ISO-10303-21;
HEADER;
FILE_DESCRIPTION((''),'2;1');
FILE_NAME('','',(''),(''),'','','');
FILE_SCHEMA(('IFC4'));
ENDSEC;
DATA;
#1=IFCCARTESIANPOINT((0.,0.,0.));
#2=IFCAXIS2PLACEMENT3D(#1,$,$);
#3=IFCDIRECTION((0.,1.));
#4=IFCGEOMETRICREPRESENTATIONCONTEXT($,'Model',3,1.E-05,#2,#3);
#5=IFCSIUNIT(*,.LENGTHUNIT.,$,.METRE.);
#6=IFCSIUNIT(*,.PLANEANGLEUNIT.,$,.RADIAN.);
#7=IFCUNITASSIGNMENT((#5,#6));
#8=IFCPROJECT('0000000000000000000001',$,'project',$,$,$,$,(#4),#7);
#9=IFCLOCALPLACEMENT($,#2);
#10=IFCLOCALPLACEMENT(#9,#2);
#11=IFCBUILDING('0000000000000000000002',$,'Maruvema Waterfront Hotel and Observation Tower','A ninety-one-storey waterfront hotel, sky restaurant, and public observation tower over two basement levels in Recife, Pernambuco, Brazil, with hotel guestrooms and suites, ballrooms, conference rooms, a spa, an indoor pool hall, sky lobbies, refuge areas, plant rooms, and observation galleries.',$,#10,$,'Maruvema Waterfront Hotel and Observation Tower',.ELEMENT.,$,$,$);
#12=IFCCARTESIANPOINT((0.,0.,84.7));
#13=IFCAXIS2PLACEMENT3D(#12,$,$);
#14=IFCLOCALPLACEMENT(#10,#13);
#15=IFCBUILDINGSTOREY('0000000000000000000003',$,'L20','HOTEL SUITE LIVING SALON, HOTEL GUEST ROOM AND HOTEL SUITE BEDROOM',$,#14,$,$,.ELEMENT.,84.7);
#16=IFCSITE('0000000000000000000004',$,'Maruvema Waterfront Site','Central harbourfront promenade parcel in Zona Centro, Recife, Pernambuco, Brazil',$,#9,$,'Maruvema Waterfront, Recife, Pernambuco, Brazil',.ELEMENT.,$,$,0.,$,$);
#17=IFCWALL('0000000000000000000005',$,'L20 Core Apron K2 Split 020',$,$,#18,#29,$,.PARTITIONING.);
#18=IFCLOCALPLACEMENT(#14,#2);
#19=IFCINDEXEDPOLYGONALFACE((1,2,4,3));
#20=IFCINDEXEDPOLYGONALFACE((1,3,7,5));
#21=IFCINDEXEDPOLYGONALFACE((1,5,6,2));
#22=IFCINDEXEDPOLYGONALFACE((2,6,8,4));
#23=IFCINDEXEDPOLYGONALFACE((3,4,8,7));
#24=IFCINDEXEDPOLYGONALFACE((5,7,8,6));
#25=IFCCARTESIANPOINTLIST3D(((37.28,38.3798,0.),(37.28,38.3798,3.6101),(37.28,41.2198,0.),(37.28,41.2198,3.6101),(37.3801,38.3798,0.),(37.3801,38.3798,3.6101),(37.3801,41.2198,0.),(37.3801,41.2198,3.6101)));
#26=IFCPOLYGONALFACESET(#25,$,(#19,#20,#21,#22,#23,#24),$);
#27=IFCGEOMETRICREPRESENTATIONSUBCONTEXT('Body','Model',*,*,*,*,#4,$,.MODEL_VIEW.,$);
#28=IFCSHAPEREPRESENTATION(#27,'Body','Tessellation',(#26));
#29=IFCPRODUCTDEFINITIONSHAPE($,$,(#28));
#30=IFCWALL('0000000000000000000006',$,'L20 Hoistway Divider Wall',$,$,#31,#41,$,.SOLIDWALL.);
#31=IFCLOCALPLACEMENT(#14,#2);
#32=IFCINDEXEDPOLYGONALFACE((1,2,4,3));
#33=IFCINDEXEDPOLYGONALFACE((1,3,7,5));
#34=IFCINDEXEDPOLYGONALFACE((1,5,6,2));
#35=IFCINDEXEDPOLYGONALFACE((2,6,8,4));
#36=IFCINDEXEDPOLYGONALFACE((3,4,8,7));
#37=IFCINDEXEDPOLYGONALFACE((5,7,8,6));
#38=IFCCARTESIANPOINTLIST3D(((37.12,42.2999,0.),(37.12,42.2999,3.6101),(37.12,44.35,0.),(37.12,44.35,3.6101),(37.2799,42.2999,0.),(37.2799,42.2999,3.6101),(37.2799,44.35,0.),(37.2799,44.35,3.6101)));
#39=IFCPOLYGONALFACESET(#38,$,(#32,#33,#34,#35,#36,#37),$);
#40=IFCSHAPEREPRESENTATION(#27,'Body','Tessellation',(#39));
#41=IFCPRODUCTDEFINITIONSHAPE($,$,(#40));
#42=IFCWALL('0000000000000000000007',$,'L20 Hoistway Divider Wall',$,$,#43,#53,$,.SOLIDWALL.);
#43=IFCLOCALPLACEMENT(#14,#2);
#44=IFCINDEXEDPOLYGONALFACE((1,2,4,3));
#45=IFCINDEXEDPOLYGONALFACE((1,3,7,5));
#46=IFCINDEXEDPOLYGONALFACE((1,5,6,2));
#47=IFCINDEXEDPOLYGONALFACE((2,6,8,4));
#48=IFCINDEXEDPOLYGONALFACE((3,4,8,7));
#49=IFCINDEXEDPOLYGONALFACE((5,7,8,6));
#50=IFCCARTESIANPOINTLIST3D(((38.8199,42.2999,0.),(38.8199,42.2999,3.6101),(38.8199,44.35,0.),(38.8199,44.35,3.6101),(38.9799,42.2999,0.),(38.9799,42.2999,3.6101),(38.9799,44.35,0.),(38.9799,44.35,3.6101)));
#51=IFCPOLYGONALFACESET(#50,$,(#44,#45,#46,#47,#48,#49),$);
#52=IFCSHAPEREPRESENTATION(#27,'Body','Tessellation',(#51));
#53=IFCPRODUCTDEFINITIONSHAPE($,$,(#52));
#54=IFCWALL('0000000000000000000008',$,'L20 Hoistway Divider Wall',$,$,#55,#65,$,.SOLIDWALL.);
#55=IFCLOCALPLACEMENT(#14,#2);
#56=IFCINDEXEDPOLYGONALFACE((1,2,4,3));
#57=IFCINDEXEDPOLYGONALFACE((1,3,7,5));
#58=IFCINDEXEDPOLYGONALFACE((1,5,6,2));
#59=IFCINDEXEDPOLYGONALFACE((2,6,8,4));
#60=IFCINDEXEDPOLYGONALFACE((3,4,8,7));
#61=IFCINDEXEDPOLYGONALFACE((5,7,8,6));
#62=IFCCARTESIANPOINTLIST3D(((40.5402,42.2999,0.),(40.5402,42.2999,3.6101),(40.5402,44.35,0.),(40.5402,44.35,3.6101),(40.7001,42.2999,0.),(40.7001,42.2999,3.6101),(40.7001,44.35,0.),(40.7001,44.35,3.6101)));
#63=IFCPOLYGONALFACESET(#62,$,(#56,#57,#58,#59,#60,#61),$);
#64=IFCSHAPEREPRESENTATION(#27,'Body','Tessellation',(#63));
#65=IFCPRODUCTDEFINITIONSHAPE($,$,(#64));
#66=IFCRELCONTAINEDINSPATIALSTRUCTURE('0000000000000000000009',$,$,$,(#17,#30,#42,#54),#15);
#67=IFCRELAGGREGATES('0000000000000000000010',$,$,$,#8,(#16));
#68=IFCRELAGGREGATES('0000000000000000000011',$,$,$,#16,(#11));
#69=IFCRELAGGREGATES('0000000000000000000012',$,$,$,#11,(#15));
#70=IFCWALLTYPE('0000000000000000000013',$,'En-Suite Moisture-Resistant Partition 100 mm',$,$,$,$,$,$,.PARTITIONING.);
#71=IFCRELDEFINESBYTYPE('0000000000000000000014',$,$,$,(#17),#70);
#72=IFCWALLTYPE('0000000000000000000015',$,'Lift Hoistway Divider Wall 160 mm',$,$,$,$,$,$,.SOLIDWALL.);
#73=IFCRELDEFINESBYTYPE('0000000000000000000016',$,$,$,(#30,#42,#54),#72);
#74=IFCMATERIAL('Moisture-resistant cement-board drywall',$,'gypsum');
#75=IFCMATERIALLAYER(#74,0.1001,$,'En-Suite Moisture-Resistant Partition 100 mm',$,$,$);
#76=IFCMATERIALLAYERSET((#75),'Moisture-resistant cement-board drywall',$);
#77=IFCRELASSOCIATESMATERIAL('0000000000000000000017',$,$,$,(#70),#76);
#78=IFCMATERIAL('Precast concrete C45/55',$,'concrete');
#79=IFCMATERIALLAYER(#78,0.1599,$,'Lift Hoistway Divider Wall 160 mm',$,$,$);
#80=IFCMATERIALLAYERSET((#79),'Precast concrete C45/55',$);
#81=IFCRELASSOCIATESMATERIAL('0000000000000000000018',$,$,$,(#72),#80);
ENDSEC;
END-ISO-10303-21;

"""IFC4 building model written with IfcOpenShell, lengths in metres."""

from ifc_helpers import new_model, si_unit, direction, frame, frame_2d, origin, place, context, subcontext, project, spatial, rectangle, extrude, material, layer, layer_set, type_object, element, save


model = new_model("IFC4")

# Units and contexts
model_context = context("Model", 3, precision=1e-05, world=origin(), true_north=direction((0.0, 1.0)))
body_context = subcontext(model_context, "Body", "Model", "MODEL_VIEW")
ifc_project = project(units=[si_unit("LENGTHUNIT", "METRE"), si_unit("PLANEANGLEUNIT", "RADIAN")], contexts=[model_context])

# Site, building, storey
site_placement = place(None, origin())
site = spatial("IfcSite", under=ifc_project, at=site_placement, Name="Maruvema Waterfront Site", Description="Central harbourfront promenade parcel in Zona Centro, Recife, Pernambuco, Brazil", LongName="Maruvema Waterfront, Recife, Pernambuco, Brazil", CompositionType="ELEMENT", RefElevation=0.0)
building_placement = place(site_placement, origin())
building = spatial("IfcBuilding", under=site, at=building_placement, Name="Maruvema Waterfront Hotel and Observation Tower", Description="A ninety-one-storey waterfront hotel, sky restaurant, and public observation tower over two basement levels in Recife, Pernambuco, Brazil, with hotel guestrooms and suites, ballrooms, conference rooms, a spa, an indoor pool hall, sky lobbies, refuge areas, plant rooms, and observation galleries.", LongName="Maruvema Waterfront Hotel and Observation Tower", CompositionType="ELEMENT")
storey_placement = place(building_placement, frame((0.0, 0.0, 84.7)))
storey = spatial("IfcBuildingStorey", under=building, at=storey_placement, Name="L20", Description="HOTEL SUITE LIVING SALON, HOTEL GUEST ROOM AND HOTEL SUITE BEDROOM", CompositionType="ELEMENT", Elevation=84.7)

# Shared definitions
ifc_material_1 = material(Name="Moisture-resistant cement-board drywall", Category="gypsum")
ifc_layer_1 = layer(ifc_material_1, 0.1001, Name="En-Suite Moisture-Resistant Partition 100 mm")
ifc_layer_set_1 = layer_set([ifc_layer_1], Name="Moisture-resistant cement-board drywall")
wall_type_1 = type_object("IfcWallType", Name="En-Suite Moisture-Resistant Partition 100 mm", PredefinedType="PARTITIONING", material=ifc_layer_set_1)

# Walls
wall_1_placement = place(storey_placement, frame((37.3301, 38.3799, 0.0), z_axis=(0.0, 0.0, 1.0), x_axis=(0.0, 1.0, 0.0)))
element("IfcWall", 1, at=wall_1_placement, inside=storey, type_object=wall_type_1, Name="L20 Core Apron K2 Split 020", PredefinedType="PARTITIONING", context=body_context, shape_type="SweptSolid", body=[
    extrude(rectangle(XDim=2.8401, YDim=0.1001, at=frame_2d((1.4199, 0.0))), origin(), (0.0, 0.0, 1.0), 3.6101),
])
ifc_material_2 = material(Name="Precast concrete C45/55", Category="concrete")
ifc_layer_2 = layer(ifc_material_2, 0.1599, Name="Lift Hoistway Divider Wall 160 mm")
ifc_layer_set_2 = layer_set([ifc_layer_2], Name="Precast concrete C45/55")
wall_type_2 = type_object("IfcWallType", Name="Lift Hoistway Divider Wall 160 mm", PredefinedType="SOLIDWALL", material=ifc_layer_set_2)
for number, where, z_axis, x_axis, name in (
    (2, (37.2, 42.3, 0.0), (0.0, 0.0, 1.0), (0.0, 1.0, 0.0), "L20 Hoistway Divider Wall"),
    (3, (38.8999, 42.3, 0.0), (0.0, 0.0, 1.0), (0.0, 1.0, 0.0), "L20 Hoistway Divider Wall"),
    (4, (40.6201, 42.3, 0.0), (0.0, 0.0, 1.0), (0.0, 1.0, 0.0), "L20 Hoistway Divider Wall"),
):
    element("IfcWall", number, at=place(storey_placement, frame(where, z_axis=z_axis, x_axis=x_axis)), inside=storey, type_object=wall_type_2, Name=name, PredefinedType="SOLIDWALL", context=body_context, shape_type="SweptSolid", body=[
        extrude(rectangle(XDim=2.05, YDim=0.1599, at=frame_2d((1.0249, 0.0))), origin(), (0.0, 0.0, 1.0), 3.6101),
    ])

save(model, "model.ifc")
